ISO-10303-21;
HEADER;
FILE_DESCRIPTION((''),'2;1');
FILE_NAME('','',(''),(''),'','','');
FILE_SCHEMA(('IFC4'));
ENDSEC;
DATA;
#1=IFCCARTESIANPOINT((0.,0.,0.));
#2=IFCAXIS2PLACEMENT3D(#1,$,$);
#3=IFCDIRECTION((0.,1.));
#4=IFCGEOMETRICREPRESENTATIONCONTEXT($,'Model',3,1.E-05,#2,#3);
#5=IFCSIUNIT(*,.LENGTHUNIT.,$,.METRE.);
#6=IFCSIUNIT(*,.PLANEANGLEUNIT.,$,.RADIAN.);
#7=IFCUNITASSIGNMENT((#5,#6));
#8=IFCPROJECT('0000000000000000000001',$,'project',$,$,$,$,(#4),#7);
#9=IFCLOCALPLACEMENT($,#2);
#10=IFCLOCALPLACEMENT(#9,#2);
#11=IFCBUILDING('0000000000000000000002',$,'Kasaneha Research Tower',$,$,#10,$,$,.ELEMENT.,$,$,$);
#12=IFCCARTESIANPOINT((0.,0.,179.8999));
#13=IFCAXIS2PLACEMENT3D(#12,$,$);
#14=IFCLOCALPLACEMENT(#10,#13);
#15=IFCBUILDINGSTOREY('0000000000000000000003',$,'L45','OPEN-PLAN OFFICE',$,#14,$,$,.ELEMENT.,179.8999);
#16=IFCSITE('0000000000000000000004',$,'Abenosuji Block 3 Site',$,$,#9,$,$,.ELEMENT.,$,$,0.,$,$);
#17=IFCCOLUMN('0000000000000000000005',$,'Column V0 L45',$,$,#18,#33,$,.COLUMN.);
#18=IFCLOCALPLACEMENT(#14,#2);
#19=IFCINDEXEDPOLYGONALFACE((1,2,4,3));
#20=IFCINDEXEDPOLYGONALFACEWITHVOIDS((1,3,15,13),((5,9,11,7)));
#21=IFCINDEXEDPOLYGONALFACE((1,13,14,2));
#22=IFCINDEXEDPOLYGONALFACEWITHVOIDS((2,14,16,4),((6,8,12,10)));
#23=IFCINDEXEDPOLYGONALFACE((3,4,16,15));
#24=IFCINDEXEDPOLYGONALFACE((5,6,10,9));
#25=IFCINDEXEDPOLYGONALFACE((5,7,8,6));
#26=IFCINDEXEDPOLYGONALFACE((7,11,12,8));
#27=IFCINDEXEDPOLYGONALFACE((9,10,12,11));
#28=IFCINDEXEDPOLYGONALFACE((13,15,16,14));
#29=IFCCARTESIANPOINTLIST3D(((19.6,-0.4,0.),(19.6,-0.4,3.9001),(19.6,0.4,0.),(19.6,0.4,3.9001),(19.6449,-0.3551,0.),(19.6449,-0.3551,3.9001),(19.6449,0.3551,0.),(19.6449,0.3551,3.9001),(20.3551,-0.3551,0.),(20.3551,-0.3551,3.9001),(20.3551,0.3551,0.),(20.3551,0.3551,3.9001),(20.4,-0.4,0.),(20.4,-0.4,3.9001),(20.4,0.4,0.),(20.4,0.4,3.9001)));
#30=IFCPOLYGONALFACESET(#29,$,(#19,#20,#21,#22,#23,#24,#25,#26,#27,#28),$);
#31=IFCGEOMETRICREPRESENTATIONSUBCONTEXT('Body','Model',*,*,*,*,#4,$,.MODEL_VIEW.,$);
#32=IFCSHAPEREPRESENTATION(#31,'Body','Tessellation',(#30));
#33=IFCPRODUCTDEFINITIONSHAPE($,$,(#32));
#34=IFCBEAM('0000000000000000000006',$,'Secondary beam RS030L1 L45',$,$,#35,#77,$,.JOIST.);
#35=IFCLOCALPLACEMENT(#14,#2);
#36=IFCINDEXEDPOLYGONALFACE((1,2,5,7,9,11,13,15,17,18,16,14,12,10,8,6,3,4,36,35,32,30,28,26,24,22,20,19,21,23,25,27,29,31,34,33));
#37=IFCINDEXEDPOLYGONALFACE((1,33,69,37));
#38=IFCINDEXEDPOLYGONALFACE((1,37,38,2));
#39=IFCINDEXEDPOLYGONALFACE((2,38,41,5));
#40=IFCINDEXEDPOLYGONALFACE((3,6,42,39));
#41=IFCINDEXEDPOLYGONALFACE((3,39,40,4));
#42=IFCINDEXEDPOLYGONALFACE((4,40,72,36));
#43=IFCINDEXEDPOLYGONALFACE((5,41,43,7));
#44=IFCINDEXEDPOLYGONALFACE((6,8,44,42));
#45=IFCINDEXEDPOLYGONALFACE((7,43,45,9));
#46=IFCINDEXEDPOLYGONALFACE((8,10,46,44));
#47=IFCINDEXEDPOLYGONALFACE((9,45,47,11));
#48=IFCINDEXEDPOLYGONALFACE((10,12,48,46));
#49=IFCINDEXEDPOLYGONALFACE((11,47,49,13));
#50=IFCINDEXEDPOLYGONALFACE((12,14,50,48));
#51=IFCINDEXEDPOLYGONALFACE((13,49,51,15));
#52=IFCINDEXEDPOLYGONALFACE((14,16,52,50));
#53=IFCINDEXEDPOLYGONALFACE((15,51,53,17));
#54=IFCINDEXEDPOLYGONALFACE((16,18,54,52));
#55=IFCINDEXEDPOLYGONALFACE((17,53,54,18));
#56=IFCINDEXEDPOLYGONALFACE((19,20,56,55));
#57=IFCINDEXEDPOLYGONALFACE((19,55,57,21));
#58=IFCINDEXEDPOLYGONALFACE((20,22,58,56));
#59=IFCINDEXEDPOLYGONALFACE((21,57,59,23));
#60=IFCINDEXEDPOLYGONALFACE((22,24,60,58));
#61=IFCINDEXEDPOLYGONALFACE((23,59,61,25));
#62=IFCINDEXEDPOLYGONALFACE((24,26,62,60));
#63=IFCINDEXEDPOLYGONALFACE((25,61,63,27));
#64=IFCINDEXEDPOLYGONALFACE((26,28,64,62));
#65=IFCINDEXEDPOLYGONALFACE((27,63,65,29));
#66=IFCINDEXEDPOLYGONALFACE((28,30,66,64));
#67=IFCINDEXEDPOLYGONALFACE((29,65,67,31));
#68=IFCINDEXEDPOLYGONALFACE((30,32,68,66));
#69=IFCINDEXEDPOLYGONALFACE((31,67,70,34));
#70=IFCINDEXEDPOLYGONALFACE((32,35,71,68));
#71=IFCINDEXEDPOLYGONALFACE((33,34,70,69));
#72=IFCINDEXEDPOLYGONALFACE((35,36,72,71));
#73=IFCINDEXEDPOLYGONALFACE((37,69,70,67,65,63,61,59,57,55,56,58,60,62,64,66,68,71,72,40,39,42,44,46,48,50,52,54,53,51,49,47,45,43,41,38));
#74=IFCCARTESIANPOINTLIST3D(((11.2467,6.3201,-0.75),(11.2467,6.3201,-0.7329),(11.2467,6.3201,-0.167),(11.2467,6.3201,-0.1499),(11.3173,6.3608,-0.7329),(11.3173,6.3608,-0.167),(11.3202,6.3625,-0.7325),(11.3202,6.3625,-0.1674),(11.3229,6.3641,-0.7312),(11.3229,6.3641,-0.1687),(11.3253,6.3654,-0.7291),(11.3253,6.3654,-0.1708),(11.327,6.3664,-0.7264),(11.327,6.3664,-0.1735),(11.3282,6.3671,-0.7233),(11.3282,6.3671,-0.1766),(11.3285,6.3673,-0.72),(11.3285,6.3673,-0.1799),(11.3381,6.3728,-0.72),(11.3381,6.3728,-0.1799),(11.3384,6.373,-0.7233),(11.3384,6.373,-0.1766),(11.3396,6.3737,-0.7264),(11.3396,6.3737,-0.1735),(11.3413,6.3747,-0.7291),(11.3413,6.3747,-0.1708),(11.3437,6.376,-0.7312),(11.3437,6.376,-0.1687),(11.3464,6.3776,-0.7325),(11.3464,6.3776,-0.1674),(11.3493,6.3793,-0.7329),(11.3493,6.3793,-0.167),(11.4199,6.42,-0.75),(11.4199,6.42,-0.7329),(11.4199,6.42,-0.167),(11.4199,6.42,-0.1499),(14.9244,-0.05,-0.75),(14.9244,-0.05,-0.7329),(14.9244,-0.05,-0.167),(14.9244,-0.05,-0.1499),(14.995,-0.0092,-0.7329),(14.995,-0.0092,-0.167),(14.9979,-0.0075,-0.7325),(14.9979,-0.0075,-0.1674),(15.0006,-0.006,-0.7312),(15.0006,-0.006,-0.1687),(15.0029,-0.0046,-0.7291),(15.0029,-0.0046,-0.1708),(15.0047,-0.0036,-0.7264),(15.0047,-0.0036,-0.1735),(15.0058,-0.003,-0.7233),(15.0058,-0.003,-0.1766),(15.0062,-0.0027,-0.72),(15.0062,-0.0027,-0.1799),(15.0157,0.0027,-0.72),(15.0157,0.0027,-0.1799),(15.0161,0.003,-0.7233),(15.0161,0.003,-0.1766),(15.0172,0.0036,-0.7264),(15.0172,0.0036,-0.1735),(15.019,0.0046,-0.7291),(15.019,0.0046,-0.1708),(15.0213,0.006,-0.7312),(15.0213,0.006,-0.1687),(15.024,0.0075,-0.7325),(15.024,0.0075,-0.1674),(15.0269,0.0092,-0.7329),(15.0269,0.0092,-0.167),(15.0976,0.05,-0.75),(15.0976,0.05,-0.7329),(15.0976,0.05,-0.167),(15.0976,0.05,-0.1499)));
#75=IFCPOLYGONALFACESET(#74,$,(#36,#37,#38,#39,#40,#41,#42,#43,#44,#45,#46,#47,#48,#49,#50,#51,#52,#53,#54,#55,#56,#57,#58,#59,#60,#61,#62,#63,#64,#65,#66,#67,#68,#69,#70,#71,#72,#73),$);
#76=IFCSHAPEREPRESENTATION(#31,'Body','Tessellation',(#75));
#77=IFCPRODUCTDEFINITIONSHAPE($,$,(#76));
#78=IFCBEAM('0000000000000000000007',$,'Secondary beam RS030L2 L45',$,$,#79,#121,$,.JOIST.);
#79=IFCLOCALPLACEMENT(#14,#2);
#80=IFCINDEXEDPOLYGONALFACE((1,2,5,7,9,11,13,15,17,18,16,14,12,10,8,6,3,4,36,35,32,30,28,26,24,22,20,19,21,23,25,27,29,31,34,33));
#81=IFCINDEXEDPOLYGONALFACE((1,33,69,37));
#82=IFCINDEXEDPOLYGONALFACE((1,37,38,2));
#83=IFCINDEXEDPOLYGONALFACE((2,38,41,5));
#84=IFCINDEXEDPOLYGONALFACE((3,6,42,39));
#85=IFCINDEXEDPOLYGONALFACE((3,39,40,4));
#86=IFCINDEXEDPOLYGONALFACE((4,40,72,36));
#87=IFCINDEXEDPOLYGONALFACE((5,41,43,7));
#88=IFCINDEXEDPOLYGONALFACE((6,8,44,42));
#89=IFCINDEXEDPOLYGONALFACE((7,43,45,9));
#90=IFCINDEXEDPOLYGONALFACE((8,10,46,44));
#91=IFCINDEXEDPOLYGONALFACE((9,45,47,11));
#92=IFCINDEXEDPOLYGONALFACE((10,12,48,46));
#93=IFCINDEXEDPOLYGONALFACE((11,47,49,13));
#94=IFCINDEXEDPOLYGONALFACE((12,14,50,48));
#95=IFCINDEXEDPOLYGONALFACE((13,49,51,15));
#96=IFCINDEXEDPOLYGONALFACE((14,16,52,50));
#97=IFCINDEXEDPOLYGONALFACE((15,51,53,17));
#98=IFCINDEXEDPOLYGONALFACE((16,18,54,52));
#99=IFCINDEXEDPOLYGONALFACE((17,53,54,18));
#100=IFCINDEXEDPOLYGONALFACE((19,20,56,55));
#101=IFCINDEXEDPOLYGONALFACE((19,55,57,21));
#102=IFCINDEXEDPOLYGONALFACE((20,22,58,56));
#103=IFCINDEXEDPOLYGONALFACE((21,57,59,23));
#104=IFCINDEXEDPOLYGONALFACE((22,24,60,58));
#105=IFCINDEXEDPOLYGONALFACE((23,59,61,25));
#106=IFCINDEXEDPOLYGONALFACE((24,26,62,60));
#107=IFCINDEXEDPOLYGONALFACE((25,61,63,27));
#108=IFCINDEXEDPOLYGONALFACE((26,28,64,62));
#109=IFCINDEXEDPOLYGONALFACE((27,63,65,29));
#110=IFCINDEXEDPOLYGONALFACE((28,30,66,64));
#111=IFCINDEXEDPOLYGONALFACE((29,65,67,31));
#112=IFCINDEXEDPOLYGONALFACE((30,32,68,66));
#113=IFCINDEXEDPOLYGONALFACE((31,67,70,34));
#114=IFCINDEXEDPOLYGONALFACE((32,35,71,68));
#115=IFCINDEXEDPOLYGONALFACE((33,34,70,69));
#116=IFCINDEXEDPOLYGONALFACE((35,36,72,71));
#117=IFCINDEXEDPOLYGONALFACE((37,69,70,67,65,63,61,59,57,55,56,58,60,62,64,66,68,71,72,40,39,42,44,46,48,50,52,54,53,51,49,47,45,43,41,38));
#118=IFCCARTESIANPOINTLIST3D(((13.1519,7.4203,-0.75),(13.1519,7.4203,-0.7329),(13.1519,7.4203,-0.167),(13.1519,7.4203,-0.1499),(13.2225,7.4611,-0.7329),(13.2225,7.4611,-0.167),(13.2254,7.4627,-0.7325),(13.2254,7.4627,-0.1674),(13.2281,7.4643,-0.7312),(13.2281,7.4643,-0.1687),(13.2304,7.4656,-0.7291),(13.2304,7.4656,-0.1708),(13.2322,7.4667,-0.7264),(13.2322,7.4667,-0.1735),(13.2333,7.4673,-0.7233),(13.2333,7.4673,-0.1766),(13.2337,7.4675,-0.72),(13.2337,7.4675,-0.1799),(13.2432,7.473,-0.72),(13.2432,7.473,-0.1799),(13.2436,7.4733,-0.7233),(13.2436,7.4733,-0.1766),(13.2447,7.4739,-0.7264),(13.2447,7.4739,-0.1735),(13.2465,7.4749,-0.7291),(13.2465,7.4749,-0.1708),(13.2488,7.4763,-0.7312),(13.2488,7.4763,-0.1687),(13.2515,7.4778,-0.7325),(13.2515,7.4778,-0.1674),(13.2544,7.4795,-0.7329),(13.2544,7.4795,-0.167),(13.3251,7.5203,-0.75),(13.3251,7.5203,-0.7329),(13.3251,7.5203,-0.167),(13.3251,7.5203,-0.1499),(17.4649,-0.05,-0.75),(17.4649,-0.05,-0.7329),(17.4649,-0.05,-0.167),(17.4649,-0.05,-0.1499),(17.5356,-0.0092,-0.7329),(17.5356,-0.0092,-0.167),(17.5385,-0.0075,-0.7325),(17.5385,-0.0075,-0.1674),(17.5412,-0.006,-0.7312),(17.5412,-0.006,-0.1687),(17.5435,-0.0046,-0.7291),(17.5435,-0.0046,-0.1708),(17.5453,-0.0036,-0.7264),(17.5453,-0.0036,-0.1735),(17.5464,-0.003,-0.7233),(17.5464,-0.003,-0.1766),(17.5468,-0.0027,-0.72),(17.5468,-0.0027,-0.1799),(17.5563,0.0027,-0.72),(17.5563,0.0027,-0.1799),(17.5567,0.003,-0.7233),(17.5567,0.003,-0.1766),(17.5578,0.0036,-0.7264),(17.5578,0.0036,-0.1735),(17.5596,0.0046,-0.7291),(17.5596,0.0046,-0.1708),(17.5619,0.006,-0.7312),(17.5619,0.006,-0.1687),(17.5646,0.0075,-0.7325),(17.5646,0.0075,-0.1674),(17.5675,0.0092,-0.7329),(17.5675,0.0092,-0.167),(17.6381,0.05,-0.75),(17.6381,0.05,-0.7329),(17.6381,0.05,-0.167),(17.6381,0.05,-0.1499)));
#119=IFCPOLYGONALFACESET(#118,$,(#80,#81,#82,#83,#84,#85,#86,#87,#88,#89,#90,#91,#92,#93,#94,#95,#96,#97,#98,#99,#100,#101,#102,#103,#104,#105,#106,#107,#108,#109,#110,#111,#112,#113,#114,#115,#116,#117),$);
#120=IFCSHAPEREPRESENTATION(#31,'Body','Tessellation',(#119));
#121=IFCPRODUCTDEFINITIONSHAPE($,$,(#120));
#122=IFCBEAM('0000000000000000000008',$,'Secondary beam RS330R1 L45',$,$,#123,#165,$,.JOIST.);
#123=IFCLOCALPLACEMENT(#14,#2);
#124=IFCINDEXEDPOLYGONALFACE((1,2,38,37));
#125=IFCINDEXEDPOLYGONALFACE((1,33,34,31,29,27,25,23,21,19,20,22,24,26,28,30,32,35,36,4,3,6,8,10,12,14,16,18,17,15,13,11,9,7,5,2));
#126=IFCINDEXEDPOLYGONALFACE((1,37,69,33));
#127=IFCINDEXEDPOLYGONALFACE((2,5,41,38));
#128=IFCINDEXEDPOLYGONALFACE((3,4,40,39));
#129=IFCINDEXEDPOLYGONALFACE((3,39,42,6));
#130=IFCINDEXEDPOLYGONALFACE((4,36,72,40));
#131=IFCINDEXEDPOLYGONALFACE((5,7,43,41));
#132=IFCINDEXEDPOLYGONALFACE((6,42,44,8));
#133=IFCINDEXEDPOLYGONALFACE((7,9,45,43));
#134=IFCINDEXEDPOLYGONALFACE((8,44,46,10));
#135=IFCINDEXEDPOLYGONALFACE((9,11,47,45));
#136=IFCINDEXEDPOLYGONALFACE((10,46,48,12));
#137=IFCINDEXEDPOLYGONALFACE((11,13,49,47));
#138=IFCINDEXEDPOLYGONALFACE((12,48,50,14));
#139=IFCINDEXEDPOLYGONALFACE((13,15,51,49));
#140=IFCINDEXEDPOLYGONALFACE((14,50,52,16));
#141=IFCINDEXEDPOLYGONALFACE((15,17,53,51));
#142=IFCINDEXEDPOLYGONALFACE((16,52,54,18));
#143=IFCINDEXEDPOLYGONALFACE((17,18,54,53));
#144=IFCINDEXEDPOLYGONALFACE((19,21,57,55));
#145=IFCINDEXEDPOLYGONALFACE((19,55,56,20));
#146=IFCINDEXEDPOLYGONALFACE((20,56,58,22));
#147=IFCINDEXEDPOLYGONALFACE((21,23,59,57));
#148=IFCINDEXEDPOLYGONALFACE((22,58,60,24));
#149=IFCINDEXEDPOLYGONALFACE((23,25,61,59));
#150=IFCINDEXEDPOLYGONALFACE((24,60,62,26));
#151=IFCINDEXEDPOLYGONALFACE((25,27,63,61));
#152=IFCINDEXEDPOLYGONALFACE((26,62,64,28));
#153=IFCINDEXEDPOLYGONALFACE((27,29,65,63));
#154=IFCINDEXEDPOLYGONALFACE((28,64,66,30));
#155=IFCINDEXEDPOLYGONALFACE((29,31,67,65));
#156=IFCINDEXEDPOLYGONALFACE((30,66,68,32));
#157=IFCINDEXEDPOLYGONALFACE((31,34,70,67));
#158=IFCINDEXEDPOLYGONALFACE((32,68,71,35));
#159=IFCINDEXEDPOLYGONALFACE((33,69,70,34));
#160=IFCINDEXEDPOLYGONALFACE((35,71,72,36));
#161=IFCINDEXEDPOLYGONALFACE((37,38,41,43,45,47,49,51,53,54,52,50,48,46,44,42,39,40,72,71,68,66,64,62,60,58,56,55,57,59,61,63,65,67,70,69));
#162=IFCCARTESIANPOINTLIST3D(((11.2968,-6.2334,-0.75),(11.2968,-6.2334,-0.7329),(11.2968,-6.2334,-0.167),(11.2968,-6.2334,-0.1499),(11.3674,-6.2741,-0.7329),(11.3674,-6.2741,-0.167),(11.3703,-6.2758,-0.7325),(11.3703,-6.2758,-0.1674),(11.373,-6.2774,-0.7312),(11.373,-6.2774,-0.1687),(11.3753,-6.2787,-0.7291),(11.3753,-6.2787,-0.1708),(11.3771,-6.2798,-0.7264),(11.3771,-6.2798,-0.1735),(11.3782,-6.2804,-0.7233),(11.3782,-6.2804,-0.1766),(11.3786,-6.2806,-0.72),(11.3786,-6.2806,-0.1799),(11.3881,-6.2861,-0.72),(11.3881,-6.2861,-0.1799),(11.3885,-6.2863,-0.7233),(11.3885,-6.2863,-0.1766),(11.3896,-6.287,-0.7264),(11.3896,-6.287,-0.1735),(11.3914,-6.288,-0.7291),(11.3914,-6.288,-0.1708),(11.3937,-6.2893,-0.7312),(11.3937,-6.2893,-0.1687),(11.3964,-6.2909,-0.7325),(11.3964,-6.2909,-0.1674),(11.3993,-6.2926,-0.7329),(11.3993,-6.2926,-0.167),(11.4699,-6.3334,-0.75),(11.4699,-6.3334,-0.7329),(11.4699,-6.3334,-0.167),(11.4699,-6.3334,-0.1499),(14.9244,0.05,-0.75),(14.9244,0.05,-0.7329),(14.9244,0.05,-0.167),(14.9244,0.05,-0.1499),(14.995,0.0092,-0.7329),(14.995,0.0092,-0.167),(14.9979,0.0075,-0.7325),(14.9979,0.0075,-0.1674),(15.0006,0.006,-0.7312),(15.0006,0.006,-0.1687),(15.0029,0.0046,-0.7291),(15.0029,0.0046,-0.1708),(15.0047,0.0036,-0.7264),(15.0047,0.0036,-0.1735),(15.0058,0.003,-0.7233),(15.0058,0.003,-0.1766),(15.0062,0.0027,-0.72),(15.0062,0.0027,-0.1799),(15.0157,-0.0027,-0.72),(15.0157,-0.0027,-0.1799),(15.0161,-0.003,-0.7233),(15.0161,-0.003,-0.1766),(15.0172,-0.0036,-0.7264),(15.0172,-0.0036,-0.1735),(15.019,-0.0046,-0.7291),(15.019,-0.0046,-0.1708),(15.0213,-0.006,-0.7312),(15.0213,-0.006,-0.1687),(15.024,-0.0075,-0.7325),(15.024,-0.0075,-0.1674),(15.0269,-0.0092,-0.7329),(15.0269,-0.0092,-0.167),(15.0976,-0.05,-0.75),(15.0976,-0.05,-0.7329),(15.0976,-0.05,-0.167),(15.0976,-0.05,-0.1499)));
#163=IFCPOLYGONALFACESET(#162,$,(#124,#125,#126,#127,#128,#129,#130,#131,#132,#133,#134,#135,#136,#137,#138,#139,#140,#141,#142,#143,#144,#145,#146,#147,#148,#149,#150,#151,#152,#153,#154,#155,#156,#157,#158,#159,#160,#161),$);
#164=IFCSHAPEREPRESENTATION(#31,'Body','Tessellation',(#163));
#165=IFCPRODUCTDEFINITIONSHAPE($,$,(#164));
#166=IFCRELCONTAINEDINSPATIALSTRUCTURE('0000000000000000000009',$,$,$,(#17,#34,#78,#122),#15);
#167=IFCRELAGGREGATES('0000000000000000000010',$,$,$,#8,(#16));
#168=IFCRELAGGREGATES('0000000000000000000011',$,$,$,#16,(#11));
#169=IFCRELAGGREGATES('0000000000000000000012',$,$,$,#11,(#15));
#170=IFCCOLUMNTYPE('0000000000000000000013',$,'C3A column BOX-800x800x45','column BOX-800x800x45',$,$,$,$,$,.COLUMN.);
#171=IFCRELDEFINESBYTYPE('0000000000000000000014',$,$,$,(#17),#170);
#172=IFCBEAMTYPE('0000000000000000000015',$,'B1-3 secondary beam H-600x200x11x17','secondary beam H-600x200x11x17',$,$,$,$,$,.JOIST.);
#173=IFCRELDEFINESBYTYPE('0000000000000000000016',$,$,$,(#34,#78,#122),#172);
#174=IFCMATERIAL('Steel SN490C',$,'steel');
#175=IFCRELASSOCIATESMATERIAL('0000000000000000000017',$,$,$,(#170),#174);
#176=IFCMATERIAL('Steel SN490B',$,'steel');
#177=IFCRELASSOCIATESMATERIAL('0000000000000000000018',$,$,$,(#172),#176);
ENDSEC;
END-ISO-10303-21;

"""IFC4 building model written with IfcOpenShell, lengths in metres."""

from ifc_helpers import new_model, si_unit, direction, frame, origin, origin_2d, place, context, subcontext, project, spatial, hollow_rectangle, i_section, extrude, material, material_profile, profile_set, type_object, element, save


model = new_model("IFC4")

# Units and contexts
model_context = context("Model", 3, precision=1e-05, world=origin(), true_north=direction((0.0, 1.0)))
body_context = subcontext(model_context, "Body", "Model", "MODEL_VIEW")
ifc_project = project(units=[si_unit("LENGTHUNIT", "METRE"), si_unit("PLANEANGLEUNIT", "RADIAN")], contexts=[model_context])

# Site, building, storey
site_placement = place(None, origin())
site = spatial("IfcSite", under=ifc_project, at=site_placement, Name="Abenosuji Block 3 Site", CompositionType="ELEMENT", RefElevation=0.0)
building_placement = place(site_placement, origin())
building = spatial("IfcBuilding", under=site, at=building_placement, Name="Kasaneha Research Tower", CompositionType="ELEMENT")
storey_placement = place(building_placement, frame((0.0, 0.0, 179.8999)))
storey = spatial("IfcBuildingStorey", under=building, at=storey_placement, Name="L45", Description="OPEN-PLAN OFFICE", CompositionType="ELEMENT", Elevation=179.8999)

# Column
ifc_material_1 = material(Name="Steel SN490C", Category="steel")
ifc_material_profile_1 = material_profile(ifc_material_1, hollow_rectangle(XDim=0.8, YDim=0.8, WallThickness=0.0449, at=origin_2d()), Name="BOX-800x800x45")
ifc_profile_set_1 = profile_set([ifc_material_profile_1], Name="Steel SN490C")
column_type = type_object("IfcColumnType", Name="C3A column BOX-800x800x45", Description="column BOX-800x800x45", PredefinedType="COLUMN", material=ifc_profile_set_1)
column_placement = place(storey_placement, frame((20.0, 0.0, 0.0), z_axis=(0.0, 0.0, 1.0), x_axis=(1.0, 0.0, 0.0)))
element("IfcColumn", 1, at=column_placement, inside=storey, type_object=column_type, Name="Column V0 L45", PredefinedType="COLUMN", context=body_context, shape_type="SweptSolid", body=[
    extrude(hollow_rectangle(XDim=0.8, YDim=0.8, WallThickness=0.0449, at=origin_2d()), origin(), (0.0, 0.0, 1.0), 3.9001),
])

# Beams
ifc_material_2 = material(Name="Steel SN490B", Category="steel")
ifc_material_profile_2 = material_profile(ifc_material_2, i_section(OverallWidth=0.2, OverallDepth=0.6001, WebThickness=0.011, FlangeThickness=0.0171, FilletRadius=0.0129, at=origin_2d()), Name="H-600x200x11x17")
ifc_profile_set_2 = profile_set([ifc_material_profile_2], Name="Steel SN490B")
beam_type_1 = type_object("IfcBeamType", Name="B1-3 secondary beam H-600x200x11x17", Description="secondary beam H-600x200x11x17", PredefinedType="JOIST", material=ifc_profile_set_2)
beam_1_placement = place(storey_placement, frame((15.011, 0.0, -0.45), z_axis=(-0.499994, 0.866029, 0.0), x_axis=(-0.866029, -0.499994, 0.0)))
element("IfcBeam", 2, at=beam_1_placement, inside=storey, type_object=beam_type_1, Name="Secondary beam RS030L1 L45", PredefinedType="JOIST", context=body_context, shape_type="SweptSolid", body=[
    extrude(i_section(OverallWidth=0.2, OverallDepth=0.6001, WebThickness=0.011, FlangeThickness=0.0171, FilletRadius=0.0129, at=origin_2d()), origin(), (0.0, 0.0, 1.0), 7.3555),
])
beam_2_placement = place(storey_placement, frame((17.5515, 0.0, -0.45), z_axis=(-0.500005, 0.866023, 0.0), x_axis=(-0.866023, -0.500005, 0.0)))
element("IfcBeam", 3, at=beam_2_placement, inside=storey, type_object=beam_type_1, Name="Secondary beam RS030L2 L45", PredefinedType="JOIST", context=body_context, shape_type="SweptSolid", body=[
    extrude(i_section(OverallWidth=0.2, OverallDepth=0.6001, WebThickness=0.011, FlangeThickness=0.0171, FilletRadius=0.0129, at=origin_2d()), origin(), (0.0, 0.0, 1.0), 8.626),
])
beam_3_placement = place(storey_placement, frame((15.011, 0.0, -0.45), z_axis=(-0.499993, -0.866029, 0.0), x_axis=(0.866029, -0.499993, 0.0)))
element("IfcBeam", 4, at=beam_3_placement, inside=storey, type_object=beam_type_1, Name="Secondary beam RS330R1 L45", PredefinedType="JOIST", context=body_context, shape_type="SweptSolid", body=[
    extrude(i_section(OverallWidth=0.2, OverallDepth=0.6001, WebThickness=0.011, FlangeThickness=0.0171, FilletRadius=0.0129, at=origin_2d()), origin(), (0.0, 0.0, 1.0), 7.2554),
])

save(model, "model.ifc")
